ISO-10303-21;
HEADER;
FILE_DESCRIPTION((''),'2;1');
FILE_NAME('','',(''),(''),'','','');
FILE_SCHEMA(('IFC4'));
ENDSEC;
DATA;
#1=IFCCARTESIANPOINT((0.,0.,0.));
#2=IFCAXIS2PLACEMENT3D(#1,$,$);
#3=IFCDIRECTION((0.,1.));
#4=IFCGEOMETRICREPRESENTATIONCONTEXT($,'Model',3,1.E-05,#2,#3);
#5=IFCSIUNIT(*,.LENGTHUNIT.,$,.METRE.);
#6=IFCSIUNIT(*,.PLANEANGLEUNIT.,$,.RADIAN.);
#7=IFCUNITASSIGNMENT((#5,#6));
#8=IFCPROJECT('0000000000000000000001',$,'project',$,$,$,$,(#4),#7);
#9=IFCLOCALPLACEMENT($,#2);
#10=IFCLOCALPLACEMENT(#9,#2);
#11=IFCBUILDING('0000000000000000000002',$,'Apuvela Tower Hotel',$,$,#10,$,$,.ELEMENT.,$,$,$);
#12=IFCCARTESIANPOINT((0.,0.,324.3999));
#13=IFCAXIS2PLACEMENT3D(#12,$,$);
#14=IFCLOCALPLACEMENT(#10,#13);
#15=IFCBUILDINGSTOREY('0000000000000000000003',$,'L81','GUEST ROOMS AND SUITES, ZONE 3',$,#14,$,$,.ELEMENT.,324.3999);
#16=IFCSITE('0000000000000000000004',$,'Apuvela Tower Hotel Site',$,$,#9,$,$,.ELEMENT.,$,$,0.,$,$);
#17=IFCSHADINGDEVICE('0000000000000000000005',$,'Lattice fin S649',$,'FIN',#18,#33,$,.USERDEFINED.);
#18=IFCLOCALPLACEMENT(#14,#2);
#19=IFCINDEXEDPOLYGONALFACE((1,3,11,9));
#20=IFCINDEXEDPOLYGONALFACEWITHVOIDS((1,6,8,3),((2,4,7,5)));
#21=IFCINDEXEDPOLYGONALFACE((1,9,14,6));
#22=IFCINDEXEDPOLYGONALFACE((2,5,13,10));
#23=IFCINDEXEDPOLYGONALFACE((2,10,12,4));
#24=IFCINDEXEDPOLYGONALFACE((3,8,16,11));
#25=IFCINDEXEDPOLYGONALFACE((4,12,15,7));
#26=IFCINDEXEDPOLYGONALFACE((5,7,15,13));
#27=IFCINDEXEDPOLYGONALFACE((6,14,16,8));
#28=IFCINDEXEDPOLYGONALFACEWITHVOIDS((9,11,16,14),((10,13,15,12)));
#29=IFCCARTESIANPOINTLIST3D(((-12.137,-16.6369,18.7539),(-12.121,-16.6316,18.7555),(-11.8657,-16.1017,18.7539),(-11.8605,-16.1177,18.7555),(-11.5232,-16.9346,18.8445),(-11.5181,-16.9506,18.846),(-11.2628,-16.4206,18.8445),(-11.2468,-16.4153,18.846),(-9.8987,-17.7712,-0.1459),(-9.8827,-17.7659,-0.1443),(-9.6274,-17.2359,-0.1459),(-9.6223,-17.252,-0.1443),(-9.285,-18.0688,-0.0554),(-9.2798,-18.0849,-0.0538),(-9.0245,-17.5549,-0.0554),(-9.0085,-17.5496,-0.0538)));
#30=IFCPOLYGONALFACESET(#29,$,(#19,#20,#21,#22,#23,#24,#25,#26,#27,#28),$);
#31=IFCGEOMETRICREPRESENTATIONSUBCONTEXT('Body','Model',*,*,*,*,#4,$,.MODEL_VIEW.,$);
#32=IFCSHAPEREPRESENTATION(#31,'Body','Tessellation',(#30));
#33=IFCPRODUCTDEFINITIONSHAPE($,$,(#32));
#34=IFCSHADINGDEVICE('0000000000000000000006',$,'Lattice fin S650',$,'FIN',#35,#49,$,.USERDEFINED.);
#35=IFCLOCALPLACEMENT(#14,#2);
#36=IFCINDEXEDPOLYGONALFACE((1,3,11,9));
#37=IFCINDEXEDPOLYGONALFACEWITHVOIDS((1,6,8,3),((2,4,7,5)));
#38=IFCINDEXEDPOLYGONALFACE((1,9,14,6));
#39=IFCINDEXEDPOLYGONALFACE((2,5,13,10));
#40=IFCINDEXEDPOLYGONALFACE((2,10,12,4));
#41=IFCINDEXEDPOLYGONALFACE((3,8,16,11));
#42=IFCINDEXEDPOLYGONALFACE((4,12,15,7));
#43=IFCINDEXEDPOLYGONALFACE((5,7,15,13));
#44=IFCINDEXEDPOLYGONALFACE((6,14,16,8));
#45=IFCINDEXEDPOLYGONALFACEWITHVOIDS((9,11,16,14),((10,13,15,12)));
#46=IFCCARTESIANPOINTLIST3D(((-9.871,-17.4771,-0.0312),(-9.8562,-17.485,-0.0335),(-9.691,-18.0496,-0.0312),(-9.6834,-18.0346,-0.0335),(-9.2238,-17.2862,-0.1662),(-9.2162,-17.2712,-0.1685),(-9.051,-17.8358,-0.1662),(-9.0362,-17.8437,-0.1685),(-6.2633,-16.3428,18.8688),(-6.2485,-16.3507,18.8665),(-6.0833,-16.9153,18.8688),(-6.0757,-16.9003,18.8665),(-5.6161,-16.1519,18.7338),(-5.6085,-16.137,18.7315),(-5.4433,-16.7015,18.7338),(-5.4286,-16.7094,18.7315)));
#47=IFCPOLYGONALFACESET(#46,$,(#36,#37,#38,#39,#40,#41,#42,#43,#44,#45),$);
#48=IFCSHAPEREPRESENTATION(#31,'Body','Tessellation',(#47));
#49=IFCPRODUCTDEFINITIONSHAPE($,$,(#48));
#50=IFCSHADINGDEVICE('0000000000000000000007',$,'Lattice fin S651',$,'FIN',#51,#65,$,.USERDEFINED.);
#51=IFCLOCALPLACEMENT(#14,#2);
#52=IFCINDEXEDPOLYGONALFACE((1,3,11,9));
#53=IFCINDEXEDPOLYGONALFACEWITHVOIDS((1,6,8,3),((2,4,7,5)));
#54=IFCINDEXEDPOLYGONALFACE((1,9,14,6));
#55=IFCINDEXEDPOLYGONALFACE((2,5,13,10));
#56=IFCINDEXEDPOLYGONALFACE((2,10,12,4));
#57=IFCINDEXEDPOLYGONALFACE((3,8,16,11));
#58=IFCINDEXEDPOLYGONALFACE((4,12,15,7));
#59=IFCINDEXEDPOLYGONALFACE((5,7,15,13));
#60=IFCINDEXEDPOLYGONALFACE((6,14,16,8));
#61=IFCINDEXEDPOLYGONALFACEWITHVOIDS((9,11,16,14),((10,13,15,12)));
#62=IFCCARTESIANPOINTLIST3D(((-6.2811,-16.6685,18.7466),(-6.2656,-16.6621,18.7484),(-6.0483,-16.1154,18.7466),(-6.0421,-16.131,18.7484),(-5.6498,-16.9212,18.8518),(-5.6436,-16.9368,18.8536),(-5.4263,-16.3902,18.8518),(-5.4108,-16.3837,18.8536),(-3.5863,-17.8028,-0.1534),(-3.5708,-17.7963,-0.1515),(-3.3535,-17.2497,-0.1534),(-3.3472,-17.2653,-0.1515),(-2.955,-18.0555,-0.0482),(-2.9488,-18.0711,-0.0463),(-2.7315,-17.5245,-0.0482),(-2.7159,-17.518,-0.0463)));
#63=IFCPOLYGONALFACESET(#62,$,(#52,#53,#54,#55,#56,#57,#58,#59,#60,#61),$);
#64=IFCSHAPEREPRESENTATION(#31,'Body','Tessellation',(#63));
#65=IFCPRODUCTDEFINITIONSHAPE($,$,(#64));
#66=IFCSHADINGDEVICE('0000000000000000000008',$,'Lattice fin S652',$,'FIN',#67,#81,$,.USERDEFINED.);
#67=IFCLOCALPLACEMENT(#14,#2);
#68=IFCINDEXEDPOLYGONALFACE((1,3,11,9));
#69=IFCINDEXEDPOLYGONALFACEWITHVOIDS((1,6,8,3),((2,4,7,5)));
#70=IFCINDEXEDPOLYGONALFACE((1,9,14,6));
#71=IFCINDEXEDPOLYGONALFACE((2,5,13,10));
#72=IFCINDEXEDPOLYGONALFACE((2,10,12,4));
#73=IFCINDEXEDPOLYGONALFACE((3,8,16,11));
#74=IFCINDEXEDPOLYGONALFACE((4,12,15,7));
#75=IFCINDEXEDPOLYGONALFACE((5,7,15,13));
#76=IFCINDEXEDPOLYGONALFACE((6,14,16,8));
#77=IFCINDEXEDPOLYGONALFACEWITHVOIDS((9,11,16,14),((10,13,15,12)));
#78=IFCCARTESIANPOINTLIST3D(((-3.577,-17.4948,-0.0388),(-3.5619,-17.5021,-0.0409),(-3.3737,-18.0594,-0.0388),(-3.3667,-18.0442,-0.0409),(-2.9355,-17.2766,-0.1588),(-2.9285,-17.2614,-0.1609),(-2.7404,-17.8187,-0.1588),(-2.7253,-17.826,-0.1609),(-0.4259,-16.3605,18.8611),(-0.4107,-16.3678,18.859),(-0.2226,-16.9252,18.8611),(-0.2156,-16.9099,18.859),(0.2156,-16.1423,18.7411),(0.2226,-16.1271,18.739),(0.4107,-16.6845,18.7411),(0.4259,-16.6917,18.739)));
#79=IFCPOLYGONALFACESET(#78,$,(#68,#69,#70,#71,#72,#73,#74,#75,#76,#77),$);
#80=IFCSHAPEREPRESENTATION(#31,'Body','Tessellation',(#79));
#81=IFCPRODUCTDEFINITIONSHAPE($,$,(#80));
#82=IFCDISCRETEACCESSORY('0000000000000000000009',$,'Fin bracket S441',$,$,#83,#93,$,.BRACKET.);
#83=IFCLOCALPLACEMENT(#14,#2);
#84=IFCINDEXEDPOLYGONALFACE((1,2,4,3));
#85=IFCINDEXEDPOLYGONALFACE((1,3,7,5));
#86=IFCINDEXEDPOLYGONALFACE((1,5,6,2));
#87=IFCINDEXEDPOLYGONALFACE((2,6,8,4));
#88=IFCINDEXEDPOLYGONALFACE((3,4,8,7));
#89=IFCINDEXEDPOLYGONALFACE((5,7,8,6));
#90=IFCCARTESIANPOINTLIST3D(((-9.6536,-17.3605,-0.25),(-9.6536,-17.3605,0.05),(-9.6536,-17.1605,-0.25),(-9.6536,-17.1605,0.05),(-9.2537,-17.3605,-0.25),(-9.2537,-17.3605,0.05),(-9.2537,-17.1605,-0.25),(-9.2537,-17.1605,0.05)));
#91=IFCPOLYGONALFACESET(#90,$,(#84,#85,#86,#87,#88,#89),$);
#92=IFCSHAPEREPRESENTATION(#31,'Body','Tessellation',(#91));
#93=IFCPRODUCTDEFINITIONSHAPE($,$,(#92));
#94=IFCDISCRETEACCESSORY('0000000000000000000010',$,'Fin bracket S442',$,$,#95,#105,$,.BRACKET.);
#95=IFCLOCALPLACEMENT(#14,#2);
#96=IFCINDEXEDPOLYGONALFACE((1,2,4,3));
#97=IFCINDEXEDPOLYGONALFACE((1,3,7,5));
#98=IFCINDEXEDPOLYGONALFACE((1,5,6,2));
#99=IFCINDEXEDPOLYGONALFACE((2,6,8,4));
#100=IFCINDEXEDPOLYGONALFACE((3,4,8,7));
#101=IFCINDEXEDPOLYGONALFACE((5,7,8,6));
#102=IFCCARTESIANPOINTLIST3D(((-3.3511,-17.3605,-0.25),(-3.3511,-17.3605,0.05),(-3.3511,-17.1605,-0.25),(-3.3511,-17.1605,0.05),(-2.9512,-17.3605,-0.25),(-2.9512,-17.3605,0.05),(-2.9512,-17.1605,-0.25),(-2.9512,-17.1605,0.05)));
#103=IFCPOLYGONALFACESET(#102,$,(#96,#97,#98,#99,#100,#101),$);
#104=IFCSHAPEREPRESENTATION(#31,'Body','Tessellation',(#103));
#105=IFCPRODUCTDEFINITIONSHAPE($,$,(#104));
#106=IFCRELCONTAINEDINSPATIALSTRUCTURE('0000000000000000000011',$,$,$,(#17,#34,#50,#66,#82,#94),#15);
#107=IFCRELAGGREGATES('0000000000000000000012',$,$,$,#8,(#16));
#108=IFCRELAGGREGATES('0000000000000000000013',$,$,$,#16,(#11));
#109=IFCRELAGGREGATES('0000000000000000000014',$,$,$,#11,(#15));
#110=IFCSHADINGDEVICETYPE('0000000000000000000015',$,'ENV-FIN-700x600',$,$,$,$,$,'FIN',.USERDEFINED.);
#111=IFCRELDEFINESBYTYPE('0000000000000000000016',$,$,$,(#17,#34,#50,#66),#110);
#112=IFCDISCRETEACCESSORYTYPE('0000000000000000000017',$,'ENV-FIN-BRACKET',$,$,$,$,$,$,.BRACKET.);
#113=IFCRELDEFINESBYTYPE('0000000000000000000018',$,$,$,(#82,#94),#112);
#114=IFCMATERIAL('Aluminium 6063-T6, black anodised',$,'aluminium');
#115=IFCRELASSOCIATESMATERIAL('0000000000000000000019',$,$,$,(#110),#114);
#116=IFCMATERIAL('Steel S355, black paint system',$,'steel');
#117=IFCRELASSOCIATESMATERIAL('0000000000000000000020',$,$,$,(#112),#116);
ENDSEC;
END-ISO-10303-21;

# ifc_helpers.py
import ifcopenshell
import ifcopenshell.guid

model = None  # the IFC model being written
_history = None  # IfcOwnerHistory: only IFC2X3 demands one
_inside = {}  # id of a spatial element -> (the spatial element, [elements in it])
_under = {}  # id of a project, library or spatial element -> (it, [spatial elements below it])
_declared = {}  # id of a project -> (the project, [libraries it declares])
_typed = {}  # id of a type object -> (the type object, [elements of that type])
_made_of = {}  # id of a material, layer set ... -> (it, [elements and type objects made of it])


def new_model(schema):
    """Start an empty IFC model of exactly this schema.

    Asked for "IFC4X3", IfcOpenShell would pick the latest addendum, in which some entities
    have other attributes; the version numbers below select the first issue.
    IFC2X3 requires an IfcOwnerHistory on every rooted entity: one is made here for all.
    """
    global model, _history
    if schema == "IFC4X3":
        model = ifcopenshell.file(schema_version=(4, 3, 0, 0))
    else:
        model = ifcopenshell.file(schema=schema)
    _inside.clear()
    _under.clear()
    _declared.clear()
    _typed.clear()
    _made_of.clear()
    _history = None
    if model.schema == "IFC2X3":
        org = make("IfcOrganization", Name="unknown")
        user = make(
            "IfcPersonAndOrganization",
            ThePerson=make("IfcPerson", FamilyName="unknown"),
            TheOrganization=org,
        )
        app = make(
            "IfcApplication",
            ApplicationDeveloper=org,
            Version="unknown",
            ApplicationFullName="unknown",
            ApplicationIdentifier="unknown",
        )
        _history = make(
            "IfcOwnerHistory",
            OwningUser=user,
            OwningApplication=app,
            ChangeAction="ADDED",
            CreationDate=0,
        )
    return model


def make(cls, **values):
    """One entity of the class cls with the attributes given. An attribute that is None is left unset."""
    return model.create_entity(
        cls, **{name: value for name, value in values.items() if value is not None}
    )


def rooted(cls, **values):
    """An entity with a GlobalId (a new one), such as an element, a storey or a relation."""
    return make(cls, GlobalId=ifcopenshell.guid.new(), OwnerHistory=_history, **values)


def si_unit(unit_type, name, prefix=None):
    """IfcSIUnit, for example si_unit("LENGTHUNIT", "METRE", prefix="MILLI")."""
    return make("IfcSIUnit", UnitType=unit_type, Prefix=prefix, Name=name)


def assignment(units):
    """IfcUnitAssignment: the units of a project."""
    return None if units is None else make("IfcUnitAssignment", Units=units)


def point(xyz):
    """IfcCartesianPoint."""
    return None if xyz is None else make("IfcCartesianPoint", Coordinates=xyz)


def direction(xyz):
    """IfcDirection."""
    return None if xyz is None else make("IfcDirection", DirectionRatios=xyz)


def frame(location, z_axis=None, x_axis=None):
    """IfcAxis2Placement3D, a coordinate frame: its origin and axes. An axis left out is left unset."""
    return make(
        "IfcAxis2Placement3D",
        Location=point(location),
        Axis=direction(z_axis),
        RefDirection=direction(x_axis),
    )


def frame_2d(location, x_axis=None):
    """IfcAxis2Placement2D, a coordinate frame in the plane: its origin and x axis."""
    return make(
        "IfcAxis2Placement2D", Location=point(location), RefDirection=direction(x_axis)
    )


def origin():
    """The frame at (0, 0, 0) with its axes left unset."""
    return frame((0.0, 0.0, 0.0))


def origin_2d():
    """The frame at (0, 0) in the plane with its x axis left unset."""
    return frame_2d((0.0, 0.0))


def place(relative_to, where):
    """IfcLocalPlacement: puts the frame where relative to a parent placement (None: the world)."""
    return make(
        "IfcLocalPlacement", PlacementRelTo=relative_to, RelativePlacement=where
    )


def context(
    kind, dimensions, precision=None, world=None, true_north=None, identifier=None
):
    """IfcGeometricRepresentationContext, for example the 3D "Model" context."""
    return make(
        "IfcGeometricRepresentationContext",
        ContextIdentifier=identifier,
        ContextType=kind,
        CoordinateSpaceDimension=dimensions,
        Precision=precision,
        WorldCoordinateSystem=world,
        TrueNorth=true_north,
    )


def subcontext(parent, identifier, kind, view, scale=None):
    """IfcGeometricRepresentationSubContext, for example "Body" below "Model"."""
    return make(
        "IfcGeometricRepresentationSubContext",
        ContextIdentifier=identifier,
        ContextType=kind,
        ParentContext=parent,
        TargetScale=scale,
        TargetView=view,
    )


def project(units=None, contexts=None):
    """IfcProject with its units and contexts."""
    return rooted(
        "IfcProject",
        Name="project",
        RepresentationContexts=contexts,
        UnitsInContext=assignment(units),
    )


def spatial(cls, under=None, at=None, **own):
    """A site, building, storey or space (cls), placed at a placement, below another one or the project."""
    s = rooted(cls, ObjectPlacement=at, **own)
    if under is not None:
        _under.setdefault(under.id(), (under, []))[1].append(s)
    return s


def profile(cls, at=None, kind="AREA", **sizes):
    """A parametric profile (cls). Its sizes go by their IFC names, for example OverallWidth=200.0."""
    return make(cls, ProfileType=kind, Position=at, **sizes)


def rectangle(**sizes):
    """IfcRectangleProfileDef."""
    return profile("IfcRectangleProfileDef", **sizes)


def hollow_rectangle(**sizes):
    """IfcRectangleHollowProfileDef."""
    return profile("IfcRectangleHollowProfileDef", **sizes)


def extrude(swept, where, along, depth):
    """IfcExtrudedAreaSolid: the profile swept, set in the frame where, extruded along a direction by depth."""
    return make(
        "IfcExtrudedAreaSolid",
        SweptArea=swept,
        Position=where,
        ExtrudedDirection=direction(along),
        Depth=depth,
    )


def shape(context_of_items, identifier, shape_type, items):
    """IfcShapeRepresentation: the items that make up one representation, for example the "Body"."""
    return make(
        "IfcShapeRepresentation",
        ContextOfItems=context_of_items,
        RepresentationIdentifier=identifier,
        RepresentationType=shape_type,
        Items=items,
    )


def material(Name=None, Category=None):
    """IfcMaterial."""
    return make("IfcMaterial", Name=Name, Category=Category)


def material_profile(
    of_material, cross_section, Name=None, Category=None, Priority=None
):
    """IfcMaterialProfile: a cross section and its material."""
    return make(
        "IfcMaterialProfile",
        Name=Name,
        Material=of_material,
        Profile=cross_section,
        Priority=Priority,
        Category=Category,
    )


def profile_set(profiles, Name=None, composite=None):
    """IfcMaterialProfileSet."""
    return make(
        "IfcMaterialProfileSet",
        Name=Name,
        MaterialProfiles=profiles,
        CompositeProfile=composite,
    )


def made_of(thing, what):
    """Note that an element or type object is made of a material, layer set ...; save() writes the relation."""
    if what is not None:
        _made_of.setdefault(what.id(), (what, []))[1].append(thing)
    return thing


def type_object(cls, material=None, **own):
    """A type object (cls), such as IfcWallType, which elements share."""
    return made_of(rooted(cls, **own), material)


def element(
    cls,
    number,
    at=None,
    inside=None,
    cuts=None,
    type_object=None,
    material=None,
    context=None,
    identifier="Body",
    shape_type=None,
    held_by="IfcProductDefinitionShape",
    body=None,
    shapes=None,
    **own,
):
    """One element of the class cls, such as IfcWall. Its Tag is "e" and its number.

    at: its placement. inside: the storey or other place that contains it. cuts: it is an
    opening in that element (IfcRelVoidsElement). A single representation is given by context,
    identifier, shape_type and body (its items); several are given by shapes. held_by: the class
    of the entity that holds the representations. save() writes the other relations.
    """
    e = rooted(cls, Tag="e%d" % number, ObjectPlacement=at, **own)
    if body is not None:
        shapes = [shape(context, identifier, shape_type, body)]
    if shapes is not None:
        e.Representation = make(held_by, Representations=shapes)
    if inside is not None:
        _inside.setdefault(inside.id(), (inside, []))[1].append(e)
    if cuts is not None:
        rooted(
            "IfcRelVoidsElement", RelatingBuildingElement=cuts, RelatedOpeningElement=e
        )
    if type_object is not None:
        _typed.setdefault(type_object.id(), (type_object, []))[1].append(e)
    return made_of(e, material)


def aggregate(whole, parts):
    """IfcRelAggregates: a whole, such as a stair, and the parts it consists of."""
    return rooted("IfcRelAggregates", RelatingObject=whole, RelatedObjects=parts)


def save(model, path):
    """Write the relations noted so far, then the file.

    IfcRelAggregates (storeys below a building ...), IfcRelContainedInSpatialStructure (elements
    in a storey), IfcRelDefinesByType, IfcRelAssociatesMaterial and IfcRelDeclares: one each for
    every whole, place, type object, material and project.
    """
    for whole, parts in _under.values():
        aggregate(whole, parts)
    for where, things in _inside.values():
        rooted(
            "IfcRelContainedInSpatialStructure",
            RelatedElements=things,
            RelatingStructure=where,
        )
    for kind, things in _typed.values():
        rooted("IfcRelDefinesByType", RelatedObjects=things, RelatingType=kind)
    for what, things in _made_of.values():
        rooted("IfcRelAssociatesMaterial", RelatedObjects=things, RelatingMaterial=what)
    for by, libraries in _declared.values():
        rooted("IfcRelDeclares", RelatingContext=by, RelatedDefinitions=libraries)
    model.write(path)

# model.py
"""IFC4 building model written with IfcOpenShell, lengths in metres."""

from ifc_helpers import new_model, si_unit, direction, frame, origin, origin_2d, place, context, subcontext, project, spatial, rectangle, hollow_rectangle, extrude, material, material_profile, profile_set, type_object, element, save


model = new_model("IFC4")

# Units and contexts
model_context = context("Model", 3, precision=1e-05, world=origin(), true_north=direction((0.0, 1.0)))
body_context = subcontext(model_context, "Body", "Model", "MODEL_VIEW")
ifc_project = project(units=[si_unit("LENGTHUNIT", "METRE"), si_unit("PLANEANGLEUNIT", "RADIAN")], contexts=[model_context])

# Site, building, storey
site_placement = place(None, origin())
site = spatial("IfcSite", under=ifc_project, at=site_placement, Name="Apuvela Tower Hotel Site", CompositionType="ELEMENT", RefElevation=0.0)
building_placement = place(site_placement, origin())
building = spatial("IfcBuilding", under=site, at=building_placement, Name="Apuvela Tower Hotel", CompositionType="ELEMENT")
storey_placement = place(building_placement, frame((0.0, 0.0, 324.3999)))
storey = spatial("IfcBuildingStorey", under=building, at=storey_placement, Name="L81", Description="GUEST ROOMS AND SUITES, ZONE 3", CompositionType="ELEMENT", Elevation=324.3999)

# Shading devices
ifc_material_1 = material(Name="Aluminium 6063-T6, black anodised", Category="aluminium")
ifc_material_profile_1 = material_profile(ifc_material_1, hollow_rectangle(XDim=0.6001, YDim=0.7, WallThickness=0.012, at=origin_2d()), Name="AL BOX 700x600x12")
ifc_profile_set_1 = profile_set([ifc_material_profile_1], Name="Aluminium 6063-T6, black anodised")
shading_device_type = type_object("IfcShadingDeviceType", Name="ENV-FIN-700x600", ElementType="FIN", PredefinedType="USERDEFINED", material=ifc_profile_set_1)
shading_device_1_placement = place(storey_placement, frame((-9.4536, -17.6604, -0.0999), z_axis=(-0.117398, 0.059493, 0.991301), x_axis=(-0.452033, -0.892001, 0.0)))
element("IfcShadingDevice", 1, at=shading_device_1_placement, inside=storey, type_object=shading_device_type, Name="Lattice fin S649", ObjectType="FIN", PredefinedType="USERDEFINED", context=body_context, shape_type="SweptSolid", body=[
    extrude(hollow_rectangle(XDim=0.6001, YDim=0.7, WallThickness=0.012, at=origin_2d()), origin(), (0.0, 0.0, 1.0), 19.0657),
])
shading_device_2_placement = place(storey_placement, frame((-9.4536, -17.6604, -0.0999), z_axis=(0.187173, 0.058848, 0.980563), x_axis=(-0.299932, 0.95396, 0.0)))
element("IfcShadingDevice", 2, at=shading_device_2_placement, inside=storey, type_object=shading_device_type, Name="Lattice fin S650", ObjectType="FIN", PredefinedType="USERDEFINED", context=body_context, shape_type="SweptSolid", body=[
    extrude(hollow_rectangle(XDim=0.6001, YDim=0.7, WallThickness=0.012, at=origin_2d()), origin(), (0.0, 0.0, 1.0), 19.2747),
])
shading_device_3_placement = place(storey_placement, frame((-3.1511, -17.6604, -0.0999), z_axis=(-0.140908, 0.059309, 0.988245), x_axis=(-0.387945, -0.921683, 0.0)))
element("IfcShadingDevice", 3, at=shading_device_3_placement, inside=storey, type_object=shading_device_type, Name="Lattice fin S651", ObjectType="FIN", PredefinedType="USERDEFINED", context=body_context, shape_type="SweptSolid", body=[
    extrude(hollow_rectangle(XDim=0.6001, YDim=0.7, WallThickness=0.012, at=origin_2d()), origin(), (0.0, 0.0, 1.0), 19.1248),
])
shading_device_4_placement = place(storey_placement, frame((-3.1511, -17.6604, -0.0999), z_axis=(0.164169, 0.059094, 0.98466), x_axis=(-0.338686, 0.940899, 0.0)))
element("IfcShadingDevice", 4, at=shading_device_4_placement, inside=storey, type_object=shading_device_type, Name="Lattice fin S652", ObjectType="FIN", PredefinedType="USERDEFINED", context=body_context, shape_type="SweptSolid", body=[
    extrude(hollow_rectangle(XDim=0.6001, YDim=0.7, WallThickness=0.012, at=origin_2d()), origin(), (0.0, 0.0, 1.0), 19.1943),
])

# Discrete accessories
ifc_material_2 = material(Name="Steel S355, black paint system", Category="steel")
discrete_accessory_type = type_object("IfcDiscreteAccessoryType", Name="ENV-FIN-BRACKET", PredefinedType="BRACKET", material=ifc_material_2)
for number, where, z_axis, x_axis, name in (
    (5, (-9.4536, -17.2605, -0.25), (0.0, 0.0, 1.0), (1.0, 0.0, 0.0), "Fin bracket S441"),
    (6, (-3.1511, -17.2605, -0.25), (0.0, 0.0, 1.0), (1.0, 0.0, 0.0), "Fin bracket S442"),
):
    element("IfcDiscreteAccessory", number, at=place(storey_placement, frame(where, z_axis=z_axis, x_axis=x_axis)), inside=storey, type_object=discrete_accessory_type, Name=name, PredefinedType="BRACKET", context=body_context, shape_type="SweptSolid", body=[
        extrude(rectangle(XDim=0.3999, YDim=0.2, at=origin_2d()), origin(), (0.0, 0.0, 1.0), 0.3),
    ])

save(model, "model.ifc")
